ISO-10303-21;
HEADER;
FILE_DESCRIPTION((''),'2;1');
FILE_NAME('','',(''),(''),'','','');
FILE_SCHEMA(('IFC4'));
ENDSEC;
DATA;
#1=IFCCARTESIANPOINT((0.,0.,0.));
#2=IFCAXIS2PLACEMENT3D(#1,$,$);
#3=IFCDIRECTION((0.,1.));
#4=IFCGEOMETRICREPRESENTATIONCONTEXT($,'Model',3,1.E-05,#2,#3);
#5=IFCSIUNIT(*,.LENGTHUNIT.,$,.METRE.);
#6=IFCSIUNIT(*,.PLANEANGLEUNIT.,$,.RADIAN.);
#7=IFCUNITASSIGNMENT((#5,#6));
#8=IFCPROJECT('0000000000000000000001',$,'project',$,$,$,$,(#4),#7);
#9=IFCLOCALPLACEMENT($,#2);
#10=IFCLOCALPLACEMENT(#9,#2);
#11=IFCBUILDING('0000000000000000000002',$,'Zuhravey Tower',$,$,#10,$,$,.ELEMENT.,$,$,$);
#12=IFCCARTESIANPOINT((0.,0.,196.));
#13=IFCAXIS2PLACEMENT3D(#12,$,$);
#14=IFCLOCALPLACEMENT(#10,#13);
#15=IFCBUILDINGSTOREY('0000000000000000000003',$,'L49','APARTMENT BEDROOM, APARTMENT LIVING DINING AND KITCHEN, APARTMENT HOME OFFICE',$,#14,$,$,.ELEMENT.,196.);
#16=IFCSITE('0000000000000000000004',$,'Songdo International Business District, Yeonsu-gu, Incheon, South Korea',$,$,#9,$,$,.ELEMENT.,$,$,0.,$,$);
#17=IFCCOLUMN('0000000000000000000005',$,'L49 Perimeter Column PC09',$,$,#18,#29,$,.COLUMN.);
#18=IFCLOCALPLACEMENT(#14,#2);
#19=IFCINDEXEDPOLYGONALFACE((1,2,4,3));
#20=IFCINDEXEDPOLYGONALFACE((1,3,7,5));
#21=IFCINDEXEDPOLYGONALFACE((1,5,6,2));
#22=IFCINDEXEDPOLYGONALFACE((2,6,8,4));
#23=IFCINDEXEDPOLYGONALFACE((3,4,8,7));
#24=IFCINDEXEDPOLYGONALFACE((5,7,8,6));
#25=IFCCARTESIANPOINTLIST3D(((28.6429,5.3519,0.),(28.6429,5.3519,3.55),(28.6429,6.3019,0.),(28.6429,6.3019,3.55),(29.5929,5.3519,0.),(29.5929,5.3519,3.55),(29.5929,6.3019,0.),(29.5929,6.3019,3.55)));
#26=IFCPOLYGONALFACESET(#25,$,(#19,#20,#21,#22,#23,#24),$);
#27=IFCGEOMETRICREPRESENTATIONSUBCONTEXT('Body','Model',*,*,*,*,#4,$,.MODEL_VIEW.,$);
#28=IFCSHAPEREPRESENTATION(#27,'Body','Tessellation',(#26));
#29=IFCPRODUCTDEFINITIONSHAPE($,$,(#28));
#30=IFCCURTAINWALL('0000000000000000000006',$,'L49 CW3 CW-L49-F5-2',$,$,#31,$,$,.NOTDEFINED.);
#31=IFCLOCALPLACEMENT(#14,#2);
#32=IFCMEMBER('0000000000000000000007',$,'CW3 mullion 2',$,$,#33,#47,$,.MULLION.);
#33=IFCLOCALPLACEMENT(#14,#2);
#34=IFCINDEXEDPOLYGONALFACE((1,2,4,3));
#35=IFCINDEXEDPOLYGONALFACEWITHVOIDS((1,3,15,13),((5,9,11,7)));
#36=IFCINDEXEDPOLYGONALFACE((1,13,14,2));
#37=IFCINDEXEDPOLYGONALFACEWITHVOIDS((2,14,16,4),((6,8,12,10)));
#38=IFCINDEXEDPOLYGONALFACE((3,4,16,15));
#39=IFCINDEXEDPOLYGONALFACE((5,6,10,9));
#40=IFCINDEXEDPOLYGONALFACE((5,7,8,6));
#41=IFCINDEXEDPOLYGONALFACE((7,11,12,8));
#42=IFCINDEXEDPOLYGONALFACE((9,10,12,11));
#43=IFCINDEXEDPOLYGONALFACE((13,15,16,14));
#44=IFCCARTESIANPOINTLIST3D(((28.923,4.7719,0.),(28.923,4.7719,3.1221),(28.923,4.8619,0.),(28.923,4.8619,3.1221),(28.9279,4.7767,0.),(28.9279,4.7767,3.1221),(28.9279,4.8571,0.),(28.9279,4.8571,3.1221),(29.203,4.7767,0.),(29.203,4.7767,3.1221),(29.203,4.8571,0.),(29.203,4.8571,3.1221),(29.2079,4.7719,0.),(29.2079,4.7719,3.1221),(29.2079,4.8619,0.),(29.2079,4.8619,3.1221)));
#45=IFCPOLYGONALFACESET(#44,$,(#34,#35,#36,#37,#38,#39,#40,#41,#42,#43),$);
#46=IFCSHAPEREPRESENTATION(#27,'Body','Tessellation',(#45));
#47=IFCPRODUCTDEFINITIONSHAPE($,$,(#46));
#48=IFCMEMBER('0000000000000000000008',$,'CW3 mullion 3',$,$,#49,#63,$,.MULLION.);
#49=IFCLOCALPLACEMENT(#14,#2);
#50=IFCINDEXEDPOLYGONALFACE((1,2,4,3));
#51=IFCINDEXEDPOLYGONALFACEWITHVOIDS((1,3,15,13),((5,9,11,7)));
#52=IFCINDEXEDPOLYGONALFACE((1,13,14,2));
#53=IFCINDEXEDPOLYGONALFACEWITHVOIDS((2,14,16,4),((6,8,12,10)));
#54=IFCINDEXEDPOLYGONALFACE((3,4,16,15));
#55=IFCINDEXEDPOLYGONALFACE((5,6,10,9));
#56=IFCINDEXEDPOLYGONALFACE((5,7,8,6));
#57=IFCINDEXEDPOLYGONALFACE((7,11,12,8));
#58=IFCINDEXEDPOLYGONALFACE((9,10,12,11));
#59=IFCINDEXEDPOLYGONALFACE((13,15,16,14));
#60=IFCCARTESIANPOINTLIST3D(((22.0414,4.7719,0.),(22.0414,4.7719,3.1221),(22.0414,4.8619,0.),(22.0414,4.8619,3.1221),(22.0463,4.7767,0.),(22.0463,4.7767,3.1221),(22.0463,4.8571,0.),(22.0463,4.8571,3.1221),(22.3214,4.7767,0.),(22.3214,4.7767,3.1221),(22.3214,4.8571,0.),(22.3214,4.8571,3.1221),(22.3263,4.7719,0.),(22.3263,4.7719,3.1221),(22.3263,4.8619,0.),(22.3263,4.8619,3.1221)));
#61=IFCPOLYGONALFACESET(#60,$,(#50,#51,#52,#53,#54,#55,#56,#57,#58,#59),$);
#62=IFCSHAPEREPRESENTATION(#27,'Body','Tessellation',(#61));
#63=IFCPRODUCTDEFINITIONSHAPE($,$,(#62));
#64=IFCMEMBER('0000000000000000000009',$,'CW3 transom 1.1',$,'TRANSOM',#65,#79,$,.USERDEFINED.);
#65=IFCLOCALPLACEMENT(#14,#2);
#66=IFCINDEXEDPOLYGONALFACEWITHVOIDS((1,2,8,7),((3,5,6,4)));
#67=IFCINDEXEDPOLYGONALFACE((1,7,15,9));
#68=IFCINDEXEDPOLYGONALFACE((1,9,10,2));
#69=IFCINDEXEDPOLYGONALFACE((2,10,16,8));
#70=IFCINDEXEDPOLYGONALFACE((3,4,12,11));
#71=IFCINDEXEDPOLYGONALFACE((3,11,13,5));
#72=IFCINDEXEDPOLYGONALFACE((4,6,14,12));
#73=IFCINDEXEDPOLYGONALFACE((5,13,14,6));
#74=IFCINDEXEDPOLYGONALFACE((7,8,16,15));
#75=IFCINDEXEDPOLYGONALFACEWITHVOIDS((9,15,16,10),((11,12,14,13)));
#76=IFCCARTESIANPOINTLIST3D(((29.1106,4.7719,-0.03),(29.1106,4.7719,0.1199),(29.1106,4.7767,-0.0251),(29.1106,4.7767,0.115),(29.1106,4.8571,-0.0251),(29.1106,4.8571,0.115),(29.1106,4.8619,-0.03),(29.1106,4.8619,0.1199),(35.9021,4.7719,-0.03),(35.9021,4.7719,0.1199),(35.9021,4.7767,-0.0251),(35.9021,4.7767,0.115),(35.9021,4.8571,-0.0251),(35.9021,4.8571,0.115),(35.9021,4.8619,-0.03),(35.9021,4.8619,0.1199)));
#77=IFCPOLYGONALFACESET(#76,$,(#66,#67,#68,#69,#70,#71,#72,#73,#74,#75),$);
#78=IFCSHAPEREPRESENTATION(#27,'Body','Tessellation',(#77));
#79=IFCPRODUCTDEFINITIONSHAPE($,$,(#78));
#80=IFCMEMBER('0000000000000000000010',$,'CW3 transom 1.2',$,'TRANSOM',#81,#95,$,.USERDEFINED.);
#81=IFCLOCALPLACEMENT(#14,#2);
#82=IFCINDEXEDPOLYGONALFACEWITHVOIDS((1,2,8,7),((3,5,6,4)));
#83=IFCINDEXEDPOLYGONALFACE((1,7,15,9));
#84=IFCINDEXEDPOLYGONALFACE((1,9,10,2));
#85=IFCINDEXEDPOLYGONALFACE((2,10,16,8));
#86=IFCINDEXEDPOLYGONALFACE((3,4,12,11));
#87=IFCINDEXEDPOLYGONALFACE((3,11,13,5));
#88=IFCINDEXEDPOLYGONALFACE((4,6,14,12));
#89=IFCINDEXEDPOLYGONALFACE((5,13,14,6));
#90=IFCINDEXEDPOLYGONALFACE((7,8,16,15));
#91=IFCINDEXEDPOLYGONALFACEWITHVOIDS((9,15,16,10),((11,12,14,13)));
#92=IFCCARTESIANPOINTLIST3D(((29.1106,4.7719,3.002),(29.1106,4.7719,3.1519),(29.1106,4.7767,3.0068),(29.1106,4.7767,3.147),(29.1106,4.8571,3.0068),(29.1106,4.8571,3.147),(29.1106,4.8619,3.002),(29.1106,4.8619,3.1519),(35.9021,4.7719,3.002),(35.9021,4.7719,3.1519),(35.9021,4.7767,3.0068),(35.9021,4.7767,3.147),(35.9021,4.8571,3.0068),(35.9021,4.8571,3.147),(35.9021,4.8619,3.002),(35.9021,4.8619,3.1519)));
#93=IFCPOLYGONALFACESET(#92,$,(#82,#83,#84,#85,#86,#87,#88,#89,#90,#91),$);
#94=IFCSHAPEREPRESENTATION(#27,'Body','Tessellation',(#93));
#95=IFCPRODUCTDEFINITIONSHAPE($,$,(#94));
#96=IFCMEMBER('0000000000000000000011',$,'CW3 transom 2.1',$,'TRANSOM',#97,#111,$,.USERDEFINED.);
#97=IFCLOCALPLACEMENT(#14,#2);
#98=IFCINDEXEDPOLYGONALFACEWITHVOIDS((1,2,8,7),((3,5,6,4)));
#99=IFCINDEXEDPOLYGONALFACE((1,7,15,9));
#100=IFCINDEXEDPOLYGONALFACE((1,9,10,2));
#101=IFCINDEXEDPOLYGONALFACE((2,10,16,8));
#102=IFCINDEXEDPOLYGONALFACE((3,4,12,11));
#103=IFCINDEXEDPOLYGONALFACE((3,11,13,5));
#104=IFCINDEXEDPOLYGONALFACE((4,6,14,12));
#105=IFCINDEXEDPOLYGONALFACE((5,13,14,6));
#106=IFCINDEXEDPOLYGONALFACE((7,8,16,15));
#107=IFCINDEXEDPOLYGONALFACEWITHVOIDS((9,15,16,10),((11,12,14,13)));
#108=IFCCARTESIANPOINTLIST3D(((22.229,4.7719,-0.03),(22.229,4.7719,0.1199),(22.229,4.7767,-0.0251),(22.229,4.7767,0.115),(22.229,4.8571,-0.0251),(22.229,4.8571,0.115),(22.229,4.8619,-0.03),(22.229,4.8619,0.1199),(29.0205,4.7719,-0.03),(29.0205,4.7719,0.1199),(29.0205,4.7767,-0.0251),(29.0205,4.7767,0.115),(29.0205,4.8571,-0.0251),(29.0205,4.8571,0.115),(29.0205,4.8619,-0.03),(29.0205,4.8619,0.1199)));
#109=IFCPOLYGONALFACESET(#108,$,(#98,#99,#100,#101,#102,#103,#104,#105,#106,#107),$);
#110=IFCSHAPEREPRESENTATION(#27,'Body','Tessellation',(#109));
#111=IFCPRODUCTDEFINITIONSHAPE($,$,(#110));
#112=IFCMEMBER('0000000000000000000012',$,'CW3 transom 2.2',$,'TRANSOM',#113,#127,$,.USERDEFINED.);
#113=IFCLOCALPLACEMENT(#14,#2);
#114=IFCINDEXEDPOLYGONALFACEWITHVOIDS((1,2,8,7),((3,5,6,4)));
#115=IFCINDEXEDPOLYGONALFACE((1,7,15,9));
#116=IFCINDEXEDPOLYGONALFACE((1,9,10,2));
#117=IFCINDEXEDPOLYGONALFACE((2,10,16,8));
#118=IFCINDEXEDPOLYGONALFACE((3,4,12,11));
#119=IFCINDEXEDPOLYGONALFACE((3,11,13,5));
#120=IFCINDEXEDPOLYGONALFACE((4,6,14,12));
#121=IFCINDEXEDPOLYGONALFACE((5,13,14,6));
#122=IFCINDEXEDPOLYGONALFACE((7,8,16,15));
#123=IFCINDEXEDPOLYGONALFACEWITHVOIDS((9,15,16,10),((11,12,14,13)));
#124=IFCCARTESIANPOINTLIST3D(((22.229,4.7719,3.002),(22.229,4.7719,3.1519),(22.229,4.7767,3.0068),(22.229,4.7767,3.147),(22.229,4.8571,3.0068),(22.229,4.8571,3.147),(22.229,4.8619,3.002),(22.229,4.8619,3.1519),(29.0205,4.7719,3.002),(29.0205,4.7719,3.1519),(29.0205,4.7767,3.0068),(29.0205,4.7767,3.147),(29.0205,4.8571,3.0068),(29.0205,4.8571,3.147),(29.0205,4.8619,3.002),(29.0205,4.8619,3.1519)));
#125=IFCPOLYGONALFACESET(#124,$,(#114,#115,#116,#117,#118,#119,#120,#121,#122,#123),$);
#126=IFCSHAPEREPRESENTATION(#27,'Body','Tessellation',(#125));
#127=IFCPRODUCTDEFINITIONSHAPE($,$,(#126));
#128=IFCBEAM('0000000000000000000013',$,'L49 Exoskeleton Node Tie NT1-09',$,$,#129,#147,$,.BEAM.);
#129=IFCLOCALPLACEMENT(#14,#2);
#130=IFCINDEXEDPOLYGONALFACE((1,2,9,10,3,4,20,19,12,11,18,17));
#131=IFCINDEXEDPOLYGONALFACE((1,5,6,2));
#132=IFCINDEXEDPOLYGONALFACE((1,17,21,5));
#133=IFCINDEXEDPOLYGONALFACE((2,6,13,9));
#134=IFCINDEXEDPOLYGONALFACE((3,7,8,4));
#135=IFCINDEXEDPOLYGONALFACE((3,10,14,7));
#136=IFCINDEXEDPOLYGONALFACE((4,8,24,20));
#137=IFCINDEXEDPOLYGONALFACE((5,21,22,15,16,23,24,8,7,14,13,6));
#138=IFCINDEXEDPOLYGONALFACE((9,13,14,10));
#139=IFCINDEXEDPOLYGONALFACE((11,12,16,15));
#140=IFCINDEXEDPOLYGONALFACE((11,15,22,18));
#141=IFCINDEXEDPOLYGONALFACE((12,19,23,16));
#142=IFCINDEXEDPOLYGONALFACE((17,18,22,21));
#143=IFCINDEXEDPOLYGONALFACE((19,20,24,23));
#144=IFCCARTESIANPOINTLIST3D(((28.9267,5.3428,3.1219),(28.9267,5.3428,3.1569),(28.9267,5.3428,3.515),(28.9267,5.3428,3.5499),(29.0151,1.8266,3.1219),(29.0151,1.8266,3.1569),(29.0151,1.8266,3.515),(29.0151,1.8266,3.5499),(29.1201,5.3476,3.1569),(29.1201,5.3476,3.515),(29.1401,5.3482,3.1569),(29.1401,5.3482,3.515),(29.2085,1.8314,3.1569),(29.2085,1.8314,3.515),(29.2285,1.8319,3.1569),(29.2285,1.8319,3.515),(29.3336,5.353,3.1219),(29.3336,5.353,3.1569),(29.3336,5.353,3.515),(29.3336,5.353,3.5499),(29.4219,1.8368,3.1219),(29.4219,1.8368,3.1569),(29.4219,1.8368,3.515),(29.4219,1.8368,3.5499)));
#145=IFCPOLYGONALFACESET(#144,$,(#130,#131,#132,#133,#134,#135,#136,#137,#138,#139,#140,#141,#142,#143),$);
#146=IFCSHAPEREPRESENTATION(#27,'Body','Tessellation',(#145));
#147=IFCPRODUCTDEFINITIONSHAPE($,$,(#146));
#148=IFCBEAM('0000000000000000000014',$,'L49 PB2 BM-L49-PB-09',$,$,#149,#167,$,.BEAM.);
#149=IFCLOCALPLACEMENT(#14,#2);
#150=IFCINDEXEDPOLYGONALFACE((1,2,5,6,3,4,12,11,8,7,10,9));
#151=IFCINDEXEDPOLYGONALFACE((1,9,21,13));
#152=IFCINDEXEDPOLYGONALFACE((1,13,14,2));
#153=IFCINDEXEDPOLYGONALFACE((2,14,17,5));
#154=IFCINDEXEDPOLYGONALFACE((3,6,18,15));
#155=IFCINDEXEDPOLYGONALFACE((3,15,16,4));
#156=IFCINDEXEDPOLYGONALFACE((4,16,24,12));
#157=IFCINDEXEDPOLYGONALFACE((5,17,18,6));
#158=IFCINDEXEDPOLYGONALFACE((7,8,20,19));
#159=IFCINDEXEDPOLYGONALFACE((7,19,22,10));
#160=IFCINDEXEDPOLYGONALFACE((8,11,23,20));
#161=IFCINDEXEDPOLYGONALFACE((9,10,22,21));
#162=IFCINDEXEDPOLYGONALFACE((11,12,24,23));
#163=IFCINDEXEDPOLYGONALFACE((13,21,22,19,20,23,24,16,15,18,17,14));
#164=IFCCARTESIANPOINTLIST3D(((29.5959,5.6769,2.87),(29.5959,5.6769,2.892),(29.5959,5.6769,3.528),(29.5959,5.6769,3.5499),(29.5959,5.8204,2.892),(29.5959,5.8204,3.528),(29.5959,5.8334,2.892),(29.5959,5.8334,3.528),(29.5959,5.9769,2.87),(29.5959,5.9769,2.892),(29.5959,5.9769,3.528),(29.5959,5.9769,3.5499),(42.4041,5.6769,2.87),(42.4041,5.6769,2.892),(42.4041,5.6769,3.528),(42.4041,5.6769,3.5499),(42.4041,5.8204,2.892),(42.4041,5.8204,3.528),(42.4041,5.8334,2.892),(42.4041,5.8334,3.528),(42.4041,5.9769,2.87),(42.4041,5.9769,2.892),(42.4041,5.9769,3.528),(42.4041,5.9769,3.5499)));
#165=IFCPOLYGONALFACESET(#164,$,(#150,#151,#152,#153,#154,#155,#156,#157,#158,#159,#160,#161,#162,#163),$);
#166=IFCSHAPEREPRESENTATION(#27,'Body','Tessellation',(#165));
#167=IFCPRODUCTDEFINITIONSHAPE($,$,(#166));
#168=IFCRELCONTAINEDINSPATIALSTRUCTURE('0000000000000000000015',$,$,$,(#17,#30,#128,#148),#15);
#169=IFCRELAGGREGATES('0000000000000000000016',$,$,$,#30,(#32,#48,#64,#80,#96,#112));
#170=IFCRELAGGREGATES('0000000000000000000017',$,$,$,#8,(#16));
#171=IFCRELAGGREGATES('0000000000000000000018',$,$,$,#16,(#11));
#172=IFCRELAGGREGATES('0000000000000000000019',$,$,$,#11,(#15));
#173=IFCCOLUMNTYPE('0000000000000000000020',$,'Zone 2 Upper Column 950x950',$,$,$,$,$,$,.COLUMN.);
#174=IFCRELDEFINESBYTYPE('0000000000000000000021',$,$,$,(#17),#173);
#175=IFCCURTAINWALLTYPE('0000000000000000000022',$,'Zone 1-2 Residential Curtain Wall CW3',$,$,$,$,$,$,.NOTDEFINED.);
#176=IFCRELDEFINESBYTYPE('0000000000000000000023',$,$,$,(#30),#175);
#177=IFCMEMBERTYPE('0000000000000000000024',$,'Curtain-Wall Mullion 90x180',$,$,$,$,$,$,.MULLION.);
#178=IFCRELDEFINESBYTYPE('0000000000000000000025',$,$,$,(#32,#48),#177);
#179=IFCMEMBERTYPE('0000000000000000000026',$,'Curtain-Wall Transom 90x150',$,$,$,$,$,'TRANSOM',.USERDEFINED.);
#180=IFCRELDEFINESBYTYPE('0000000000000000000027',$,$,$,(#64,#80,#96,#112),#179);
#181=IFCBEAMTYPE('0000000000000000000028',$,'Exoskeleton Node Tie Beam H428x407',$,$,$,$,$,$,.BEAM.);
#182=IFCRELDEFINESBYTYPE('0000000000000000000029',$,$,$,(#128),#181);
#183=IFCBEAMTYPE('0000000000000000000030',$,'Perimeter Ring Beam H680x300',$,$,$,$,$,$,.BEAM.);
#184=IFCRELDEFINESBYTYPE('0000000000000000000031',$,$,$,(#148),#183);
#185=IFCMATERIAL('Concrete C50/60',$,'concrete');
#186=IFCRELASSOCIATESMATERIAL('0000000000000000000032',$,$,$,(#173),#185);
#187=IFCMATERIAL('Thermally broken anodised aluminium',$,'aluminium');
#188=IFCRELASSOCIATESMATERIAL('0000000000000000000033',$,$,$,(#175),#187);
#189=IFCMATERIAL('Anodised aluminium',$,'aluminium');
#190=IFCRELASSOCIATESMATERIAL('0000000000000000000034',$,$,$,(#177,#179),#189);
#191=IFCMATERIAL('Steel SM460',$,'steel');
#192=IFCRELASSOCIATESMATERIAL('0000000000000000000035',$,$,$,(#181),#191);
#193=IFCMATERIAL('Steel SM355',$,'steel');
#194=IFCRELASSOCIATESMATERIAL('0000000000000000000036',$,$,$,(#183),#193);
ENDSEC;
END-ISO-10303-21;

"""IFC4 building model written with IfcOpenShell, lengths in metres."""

from ifc_helpers import new_model, si_unit, direction, frame, origin, origin_2d, place, context, subcontext, project, spatial, rectangle, hollow_rectangle, i_section, extrude, material, material_profile, profile_set, type_object, element, aggregate, save


model = new_model("IFC4")

# Units and contexts
model_context = context("Model", 3, precision=1e-05, world=origin(), true_north=direction((0.0, 1.0)))
body_context = subcontext(model_context, "Body", "Model", "MODEL_VIEW")
ifc_project = project(units=[si_unit("LENGTHUNIT", "METRE"), si_unit("PLANEANGLEUNIT", "RADIAN")], contexts=[model_context])

# Site, building, storey
site_placement = place(None, origin())
site = spatial("IfcSite", under=ifc_project, at=site_placement, Name="Songdo International Business District, Yeonsu-gu, Incheon, South Korea", CompositionType="ELEMENT", RefElevation=0.0)
building_placement = place(site_placement, origin())
building = spatial("IfcBuilding", under=site, at=building_placement, Name="Zuhravey Tower", CompositionType="ELEMENT")
storey_placement = place(building_placement, frame((0.0, 0.0, 196.0)))
storey = spatial("IfcBuildingStorey", under=building, at=storey_placement, Name="L49", Description="APARTMENT BEDROOM, APARTMENT LIVING DINING AND KITCHEN, APARTMENT HOME OFFICE", CompositionType="ELEMENT", Elevation=196.0)

# Column
ifc_material_1 = material(Name="Concrete C50/60", Category="concrete")
ifc_material_profile_1 = material_profile(ifc_material_1, rectangle(XDim=0.95, YDim=0.95, at=origin_2d()), Name="RC-950x950")
ifc_profile_set_1 = profile_set([ifc_material_profile_1], Name="Concrete C50/60")
column_type = type_object("IfcColumnType", Name="Zone 2 Upper Column 950x950", PredefinedType="COLUMN", material=ifc_profile_set_1)
column_placement = place(storey_placement, frame((29.1179, 5.8269, 0.0), z_axis=(0.0, 0.0, 1.0), x_axis=(1.0, 0.0, 0.0)))
element("IfcColumn", 1, at=column_placement, inside=storey, type_object=column_type, Name="L49 Perimeter Column PC09", PredefinedType="COLUMN", context=body_context, shape_type="SweptSolid", body=[
    extrude(rectangle(XDim=0.95, YDim=0.95, at=origin_2d()), origin(), (0.0, 0.0, 1.0), 3.55),
])

# Curtain wall, members
ifc_material_2 = material(Name="Thermally broken anodised aluminium", Category="aluminium")
curtain_wall_type = type_object("IfcCurtainWallType", Name="Zone 1-2 Residential Curtain Wall CW3", PredefinedType="NOTDEFINED", material=ifc_material_2)
curtain_wall_placement = place(storey_placement, origin())
curtain_wall = element("IfcCurtainWall", 2, at=curtain_wall_placement, inside=storey, type_object=curtain_wall_type, Name="L49 CW3 CW-L49-F5-2", PredefinedType="NOTDEFINED")
ifc_material_3 = material(Name="Anodised aluminium", Category="aluminium")
ifc_material_profile_2 = material_profile(ifc_material_3, hollow_rectangle(XDim=0.0901, YDim=0.2849, WallThickness=0.0049, at=origin_2d()), Name="ALU-RHS-90x285x5")
ifc_profile_set_2 = profile_set([ifc_material_profile_2], Name="Anodised aluminium")
member_type_1 = type_object("IfcMemberType", Name="Curtain-Wall Mullion 90x180", PredefinedType="MULLION", material=ifc_profile_set_2)
member_1_placement = place(storey_placement, frame((29.0654, 4.8169, 0.0), z_axis=(0.0, 0.0, 1.0), x_axis=(0.0, -1.0, 0.0)))
member_1 = element("IfcMember", 3, at=member_1_placement, type_object=member_type_1, Name="CW3 mullion 2", PredefinedType="MULLION", context=body_context, shape_type="SweptSolid", body=[
    extrude(hollow_rectangle(XDim=0.0901, YDim=0.2849, WallThickness=0.0049, at=origin_2d()), origin(), (0.0, 0.0, 1.0), 3.1221),
])
member_2_placement = place(storey_placement, frame((22.1838, 4.8169, 0.0), z_axis=(0.0, 0.0, 1.0), x_axis=(0.0, -1.0, 0.0)))
member_2 = element("IfcMember", 4, at=member_2_placement, type_object=member_type_1, Name="CW3 mullion 3", PredefinedType="MULLION", context=body_context, shape_type="SweptSolid", body=[
    extrude(hollow_rectangle(XDim=0.0901, YDim=0.2849, WallThickness=0.0049, at=origin_2d()), origin(), (0.0, 0.0, 1.0), 3.1221),
])
ifc_material_profile_3 = material_profile(ifc_material_3, hollow_rectangle(XDim=0.0901, YDim=0.1499, WallThickness=0.0049, at=origin_2d()), Name="ALU-RHS-90x150x5")
ifc_profile_set_3 = profile_set([ifc_material_profile_3], Name="Anodised aluminium")
member_type_2 = type_object("IfcMemberType", Name="Curtain-Wall Transom 90x150", ElementType="TRANSOM", PredefinedType="USERDEFINED", material=ifc_profile_set_3)
member_3_placement = place(storey_placement, frame((35.9021, 4.8169, 0.0449), z_axis=(-1.0, 0.0, 0.0), x_axis=(0.0, -1.0, 0.0)))
member_3 = element("IfcMember", 5, at=member_3_placement, type_object=member_type_2, Name="CW3 transom 1.1", ObjectType="TRANSOM", PredefinedType="USERDEFINED", context=body_context, shape_type="SweptSolid", body=[
    extrude(hollow_rectangle(XDim=0.0901, YDim=0.1499, WallThickness=0.0049, at=origin_2d()), origin(), (0.0, 0.0, 1.0), 6.7915),
])
member_4_placement = place(storey_placement, frame((35.9021, 4.8169, 3.0769), z_axis=(-1.0, 0.0, 0.0), x_axis=(0.0, -1.0, 0.0)))
member_4 = element("IfcMember", 6, at=member_4_placement, type_object=member_type_2, Name="CW3 transom 1.2", ObjectType="TRANSOM", PredefinedType="USERDEFINED", context=body_context, shape_type="SweptSolid", body=[
    extrude(hollow_rectangle(XDim=0.0901, YDim=0.1499, WallThickness=0.0049, at=origin_2d()), origin(), (0.0, 0.0, 1.0), 6.7915),
])
member_5_placement = place(storey_placement, frame((29.0205, 4.8169, 0.0449), z_axis=(-1.0, 0.0, 0.0), x_axis=(0.0, -1.0, 0.0)))
member_5 = element("IfcMember", 7, at=member_5_placement, type_object=member_type_2, Name="CW3 transom 2.1", ObjectType="TRANSOM", PredefinedType="USERDEFINED", context=body_context, shape_type="SweptSolid", body=[
    extrude(hollow_rectangle(XDim=0.0901, YDim=0.1499, WallThickness=0.0049, at=origin_2d()), origin(), (0.0, 0.0, 1.0), 6.7915),
])
member_6_placement = place(storey_placement, frame((29.0205, 4.8169, 3.0769), z_axis=(-1.0, 0.0, 0.0), x_axis=(0.0, -1.0, 0.0)))
member_6 = element("IfcMember", 8, at=member_6_placement, type_object=member_type_2, Name="CW3 transom 2.2", ObjectType="TRANSOM", PredefinedType="USERDEFINED", context=body_context, shape_type="SweptSolid", body=[
    extrude(hollow_rectangle(XDim=0.0901, YDim=0.1499, WallThickness=0.0049, at=origin_2d()), origin(), (0.0, 0.0, 1.0), 6.7915),
])

# Beams
ifc_material_4 = material(Name="Steel SM460", Category="steel")
ifc_material_profile_4 = material_profile(ifc_material_4, i_section(OverallWidth=0.407, OverallDepth=0.428, WebThickness=0.02, FlangeThickness=0.0349, at=origin_2d()), Name="H-428x407x20x35")
ifc_profile_set_4 = profile_set([ifc_material_profile_4], Name="Steel SM460")
beam_type_1 = type_object("IfcBeamType", Name="Exoskeleton Node Tie Beam H428x407", PredefinedType="BEAM", material=ifc_profile_set_4)
beam_1_placement = place(storey_placement, frame((29.1301, 5.3479, 3.3359), z_axis=(0.025127, -0.999684, 0.0), x_axis=(0.999684, 0.025127, 0.0)))
element("IfcBeam", 9, at=beam_1_placement, inside=storey, type_object=beam_type_1, Name="L49 Exoskeleton Node Tie NT1-09", PredefinedType="BEAM", context=body_context, shape_type="SweptSolid", body=[
    extrude(i_section(OverallWidth=0.407, OverallDepth=0.428, WebThickness=0.02, FlangeThickness=0.0349, at=origin_2d()), origin(), (0.0, 0.0, 1.0), 3.5173),
])
ifc_material_5 = material(Name="Steel SM355", Category="steel")
ifc_material_profile_5 = material_profile(ifc_material_5, i_section(OverallWidth=0.3, OverallDepth=0.6799, WebThickness=0.0129, FlangeThickness=0.022, at=origin_2d()), Name="H-680x300x13x22")
ifc_profile_set_5 = profile_set([ifc_material_profile_5], Name="Steel SM355")
beam_type_2 = type_object("IfcBeamType", Name="Perimeter Ring Beam H680x300", PredefinedType="BEAM", material=ifc_profile_set_5)
beam_2_placement = place(storey_placement, frame((29.5959, 5.8269, 3.21), z_axis=(1.0, 0.0, 0.0), x_axis=(0.0, 1.0, 0.0)))
element("IfcBeam", 10, at=beam_2_placement, inside=storey, type_object=beam_type_2, Name="L49 PB2 BM-L49-PB-09", PredefinedType="BEAM", context=body_context, shape_type="SweptSolid", body=[
    extrude(i_section(OverallWidth=0.3, OverallDepth=0.6799, WebThickness=0.0129, FlangeThickness=0.022, at=origin_2d()), origin(), (0.0, 0.0, 1.0), 12.8081),
])

aggregate(curtain_wall, [member_1, member_2, member_3, member_4, member_5, member_6])

save(model, "model.ifc")
